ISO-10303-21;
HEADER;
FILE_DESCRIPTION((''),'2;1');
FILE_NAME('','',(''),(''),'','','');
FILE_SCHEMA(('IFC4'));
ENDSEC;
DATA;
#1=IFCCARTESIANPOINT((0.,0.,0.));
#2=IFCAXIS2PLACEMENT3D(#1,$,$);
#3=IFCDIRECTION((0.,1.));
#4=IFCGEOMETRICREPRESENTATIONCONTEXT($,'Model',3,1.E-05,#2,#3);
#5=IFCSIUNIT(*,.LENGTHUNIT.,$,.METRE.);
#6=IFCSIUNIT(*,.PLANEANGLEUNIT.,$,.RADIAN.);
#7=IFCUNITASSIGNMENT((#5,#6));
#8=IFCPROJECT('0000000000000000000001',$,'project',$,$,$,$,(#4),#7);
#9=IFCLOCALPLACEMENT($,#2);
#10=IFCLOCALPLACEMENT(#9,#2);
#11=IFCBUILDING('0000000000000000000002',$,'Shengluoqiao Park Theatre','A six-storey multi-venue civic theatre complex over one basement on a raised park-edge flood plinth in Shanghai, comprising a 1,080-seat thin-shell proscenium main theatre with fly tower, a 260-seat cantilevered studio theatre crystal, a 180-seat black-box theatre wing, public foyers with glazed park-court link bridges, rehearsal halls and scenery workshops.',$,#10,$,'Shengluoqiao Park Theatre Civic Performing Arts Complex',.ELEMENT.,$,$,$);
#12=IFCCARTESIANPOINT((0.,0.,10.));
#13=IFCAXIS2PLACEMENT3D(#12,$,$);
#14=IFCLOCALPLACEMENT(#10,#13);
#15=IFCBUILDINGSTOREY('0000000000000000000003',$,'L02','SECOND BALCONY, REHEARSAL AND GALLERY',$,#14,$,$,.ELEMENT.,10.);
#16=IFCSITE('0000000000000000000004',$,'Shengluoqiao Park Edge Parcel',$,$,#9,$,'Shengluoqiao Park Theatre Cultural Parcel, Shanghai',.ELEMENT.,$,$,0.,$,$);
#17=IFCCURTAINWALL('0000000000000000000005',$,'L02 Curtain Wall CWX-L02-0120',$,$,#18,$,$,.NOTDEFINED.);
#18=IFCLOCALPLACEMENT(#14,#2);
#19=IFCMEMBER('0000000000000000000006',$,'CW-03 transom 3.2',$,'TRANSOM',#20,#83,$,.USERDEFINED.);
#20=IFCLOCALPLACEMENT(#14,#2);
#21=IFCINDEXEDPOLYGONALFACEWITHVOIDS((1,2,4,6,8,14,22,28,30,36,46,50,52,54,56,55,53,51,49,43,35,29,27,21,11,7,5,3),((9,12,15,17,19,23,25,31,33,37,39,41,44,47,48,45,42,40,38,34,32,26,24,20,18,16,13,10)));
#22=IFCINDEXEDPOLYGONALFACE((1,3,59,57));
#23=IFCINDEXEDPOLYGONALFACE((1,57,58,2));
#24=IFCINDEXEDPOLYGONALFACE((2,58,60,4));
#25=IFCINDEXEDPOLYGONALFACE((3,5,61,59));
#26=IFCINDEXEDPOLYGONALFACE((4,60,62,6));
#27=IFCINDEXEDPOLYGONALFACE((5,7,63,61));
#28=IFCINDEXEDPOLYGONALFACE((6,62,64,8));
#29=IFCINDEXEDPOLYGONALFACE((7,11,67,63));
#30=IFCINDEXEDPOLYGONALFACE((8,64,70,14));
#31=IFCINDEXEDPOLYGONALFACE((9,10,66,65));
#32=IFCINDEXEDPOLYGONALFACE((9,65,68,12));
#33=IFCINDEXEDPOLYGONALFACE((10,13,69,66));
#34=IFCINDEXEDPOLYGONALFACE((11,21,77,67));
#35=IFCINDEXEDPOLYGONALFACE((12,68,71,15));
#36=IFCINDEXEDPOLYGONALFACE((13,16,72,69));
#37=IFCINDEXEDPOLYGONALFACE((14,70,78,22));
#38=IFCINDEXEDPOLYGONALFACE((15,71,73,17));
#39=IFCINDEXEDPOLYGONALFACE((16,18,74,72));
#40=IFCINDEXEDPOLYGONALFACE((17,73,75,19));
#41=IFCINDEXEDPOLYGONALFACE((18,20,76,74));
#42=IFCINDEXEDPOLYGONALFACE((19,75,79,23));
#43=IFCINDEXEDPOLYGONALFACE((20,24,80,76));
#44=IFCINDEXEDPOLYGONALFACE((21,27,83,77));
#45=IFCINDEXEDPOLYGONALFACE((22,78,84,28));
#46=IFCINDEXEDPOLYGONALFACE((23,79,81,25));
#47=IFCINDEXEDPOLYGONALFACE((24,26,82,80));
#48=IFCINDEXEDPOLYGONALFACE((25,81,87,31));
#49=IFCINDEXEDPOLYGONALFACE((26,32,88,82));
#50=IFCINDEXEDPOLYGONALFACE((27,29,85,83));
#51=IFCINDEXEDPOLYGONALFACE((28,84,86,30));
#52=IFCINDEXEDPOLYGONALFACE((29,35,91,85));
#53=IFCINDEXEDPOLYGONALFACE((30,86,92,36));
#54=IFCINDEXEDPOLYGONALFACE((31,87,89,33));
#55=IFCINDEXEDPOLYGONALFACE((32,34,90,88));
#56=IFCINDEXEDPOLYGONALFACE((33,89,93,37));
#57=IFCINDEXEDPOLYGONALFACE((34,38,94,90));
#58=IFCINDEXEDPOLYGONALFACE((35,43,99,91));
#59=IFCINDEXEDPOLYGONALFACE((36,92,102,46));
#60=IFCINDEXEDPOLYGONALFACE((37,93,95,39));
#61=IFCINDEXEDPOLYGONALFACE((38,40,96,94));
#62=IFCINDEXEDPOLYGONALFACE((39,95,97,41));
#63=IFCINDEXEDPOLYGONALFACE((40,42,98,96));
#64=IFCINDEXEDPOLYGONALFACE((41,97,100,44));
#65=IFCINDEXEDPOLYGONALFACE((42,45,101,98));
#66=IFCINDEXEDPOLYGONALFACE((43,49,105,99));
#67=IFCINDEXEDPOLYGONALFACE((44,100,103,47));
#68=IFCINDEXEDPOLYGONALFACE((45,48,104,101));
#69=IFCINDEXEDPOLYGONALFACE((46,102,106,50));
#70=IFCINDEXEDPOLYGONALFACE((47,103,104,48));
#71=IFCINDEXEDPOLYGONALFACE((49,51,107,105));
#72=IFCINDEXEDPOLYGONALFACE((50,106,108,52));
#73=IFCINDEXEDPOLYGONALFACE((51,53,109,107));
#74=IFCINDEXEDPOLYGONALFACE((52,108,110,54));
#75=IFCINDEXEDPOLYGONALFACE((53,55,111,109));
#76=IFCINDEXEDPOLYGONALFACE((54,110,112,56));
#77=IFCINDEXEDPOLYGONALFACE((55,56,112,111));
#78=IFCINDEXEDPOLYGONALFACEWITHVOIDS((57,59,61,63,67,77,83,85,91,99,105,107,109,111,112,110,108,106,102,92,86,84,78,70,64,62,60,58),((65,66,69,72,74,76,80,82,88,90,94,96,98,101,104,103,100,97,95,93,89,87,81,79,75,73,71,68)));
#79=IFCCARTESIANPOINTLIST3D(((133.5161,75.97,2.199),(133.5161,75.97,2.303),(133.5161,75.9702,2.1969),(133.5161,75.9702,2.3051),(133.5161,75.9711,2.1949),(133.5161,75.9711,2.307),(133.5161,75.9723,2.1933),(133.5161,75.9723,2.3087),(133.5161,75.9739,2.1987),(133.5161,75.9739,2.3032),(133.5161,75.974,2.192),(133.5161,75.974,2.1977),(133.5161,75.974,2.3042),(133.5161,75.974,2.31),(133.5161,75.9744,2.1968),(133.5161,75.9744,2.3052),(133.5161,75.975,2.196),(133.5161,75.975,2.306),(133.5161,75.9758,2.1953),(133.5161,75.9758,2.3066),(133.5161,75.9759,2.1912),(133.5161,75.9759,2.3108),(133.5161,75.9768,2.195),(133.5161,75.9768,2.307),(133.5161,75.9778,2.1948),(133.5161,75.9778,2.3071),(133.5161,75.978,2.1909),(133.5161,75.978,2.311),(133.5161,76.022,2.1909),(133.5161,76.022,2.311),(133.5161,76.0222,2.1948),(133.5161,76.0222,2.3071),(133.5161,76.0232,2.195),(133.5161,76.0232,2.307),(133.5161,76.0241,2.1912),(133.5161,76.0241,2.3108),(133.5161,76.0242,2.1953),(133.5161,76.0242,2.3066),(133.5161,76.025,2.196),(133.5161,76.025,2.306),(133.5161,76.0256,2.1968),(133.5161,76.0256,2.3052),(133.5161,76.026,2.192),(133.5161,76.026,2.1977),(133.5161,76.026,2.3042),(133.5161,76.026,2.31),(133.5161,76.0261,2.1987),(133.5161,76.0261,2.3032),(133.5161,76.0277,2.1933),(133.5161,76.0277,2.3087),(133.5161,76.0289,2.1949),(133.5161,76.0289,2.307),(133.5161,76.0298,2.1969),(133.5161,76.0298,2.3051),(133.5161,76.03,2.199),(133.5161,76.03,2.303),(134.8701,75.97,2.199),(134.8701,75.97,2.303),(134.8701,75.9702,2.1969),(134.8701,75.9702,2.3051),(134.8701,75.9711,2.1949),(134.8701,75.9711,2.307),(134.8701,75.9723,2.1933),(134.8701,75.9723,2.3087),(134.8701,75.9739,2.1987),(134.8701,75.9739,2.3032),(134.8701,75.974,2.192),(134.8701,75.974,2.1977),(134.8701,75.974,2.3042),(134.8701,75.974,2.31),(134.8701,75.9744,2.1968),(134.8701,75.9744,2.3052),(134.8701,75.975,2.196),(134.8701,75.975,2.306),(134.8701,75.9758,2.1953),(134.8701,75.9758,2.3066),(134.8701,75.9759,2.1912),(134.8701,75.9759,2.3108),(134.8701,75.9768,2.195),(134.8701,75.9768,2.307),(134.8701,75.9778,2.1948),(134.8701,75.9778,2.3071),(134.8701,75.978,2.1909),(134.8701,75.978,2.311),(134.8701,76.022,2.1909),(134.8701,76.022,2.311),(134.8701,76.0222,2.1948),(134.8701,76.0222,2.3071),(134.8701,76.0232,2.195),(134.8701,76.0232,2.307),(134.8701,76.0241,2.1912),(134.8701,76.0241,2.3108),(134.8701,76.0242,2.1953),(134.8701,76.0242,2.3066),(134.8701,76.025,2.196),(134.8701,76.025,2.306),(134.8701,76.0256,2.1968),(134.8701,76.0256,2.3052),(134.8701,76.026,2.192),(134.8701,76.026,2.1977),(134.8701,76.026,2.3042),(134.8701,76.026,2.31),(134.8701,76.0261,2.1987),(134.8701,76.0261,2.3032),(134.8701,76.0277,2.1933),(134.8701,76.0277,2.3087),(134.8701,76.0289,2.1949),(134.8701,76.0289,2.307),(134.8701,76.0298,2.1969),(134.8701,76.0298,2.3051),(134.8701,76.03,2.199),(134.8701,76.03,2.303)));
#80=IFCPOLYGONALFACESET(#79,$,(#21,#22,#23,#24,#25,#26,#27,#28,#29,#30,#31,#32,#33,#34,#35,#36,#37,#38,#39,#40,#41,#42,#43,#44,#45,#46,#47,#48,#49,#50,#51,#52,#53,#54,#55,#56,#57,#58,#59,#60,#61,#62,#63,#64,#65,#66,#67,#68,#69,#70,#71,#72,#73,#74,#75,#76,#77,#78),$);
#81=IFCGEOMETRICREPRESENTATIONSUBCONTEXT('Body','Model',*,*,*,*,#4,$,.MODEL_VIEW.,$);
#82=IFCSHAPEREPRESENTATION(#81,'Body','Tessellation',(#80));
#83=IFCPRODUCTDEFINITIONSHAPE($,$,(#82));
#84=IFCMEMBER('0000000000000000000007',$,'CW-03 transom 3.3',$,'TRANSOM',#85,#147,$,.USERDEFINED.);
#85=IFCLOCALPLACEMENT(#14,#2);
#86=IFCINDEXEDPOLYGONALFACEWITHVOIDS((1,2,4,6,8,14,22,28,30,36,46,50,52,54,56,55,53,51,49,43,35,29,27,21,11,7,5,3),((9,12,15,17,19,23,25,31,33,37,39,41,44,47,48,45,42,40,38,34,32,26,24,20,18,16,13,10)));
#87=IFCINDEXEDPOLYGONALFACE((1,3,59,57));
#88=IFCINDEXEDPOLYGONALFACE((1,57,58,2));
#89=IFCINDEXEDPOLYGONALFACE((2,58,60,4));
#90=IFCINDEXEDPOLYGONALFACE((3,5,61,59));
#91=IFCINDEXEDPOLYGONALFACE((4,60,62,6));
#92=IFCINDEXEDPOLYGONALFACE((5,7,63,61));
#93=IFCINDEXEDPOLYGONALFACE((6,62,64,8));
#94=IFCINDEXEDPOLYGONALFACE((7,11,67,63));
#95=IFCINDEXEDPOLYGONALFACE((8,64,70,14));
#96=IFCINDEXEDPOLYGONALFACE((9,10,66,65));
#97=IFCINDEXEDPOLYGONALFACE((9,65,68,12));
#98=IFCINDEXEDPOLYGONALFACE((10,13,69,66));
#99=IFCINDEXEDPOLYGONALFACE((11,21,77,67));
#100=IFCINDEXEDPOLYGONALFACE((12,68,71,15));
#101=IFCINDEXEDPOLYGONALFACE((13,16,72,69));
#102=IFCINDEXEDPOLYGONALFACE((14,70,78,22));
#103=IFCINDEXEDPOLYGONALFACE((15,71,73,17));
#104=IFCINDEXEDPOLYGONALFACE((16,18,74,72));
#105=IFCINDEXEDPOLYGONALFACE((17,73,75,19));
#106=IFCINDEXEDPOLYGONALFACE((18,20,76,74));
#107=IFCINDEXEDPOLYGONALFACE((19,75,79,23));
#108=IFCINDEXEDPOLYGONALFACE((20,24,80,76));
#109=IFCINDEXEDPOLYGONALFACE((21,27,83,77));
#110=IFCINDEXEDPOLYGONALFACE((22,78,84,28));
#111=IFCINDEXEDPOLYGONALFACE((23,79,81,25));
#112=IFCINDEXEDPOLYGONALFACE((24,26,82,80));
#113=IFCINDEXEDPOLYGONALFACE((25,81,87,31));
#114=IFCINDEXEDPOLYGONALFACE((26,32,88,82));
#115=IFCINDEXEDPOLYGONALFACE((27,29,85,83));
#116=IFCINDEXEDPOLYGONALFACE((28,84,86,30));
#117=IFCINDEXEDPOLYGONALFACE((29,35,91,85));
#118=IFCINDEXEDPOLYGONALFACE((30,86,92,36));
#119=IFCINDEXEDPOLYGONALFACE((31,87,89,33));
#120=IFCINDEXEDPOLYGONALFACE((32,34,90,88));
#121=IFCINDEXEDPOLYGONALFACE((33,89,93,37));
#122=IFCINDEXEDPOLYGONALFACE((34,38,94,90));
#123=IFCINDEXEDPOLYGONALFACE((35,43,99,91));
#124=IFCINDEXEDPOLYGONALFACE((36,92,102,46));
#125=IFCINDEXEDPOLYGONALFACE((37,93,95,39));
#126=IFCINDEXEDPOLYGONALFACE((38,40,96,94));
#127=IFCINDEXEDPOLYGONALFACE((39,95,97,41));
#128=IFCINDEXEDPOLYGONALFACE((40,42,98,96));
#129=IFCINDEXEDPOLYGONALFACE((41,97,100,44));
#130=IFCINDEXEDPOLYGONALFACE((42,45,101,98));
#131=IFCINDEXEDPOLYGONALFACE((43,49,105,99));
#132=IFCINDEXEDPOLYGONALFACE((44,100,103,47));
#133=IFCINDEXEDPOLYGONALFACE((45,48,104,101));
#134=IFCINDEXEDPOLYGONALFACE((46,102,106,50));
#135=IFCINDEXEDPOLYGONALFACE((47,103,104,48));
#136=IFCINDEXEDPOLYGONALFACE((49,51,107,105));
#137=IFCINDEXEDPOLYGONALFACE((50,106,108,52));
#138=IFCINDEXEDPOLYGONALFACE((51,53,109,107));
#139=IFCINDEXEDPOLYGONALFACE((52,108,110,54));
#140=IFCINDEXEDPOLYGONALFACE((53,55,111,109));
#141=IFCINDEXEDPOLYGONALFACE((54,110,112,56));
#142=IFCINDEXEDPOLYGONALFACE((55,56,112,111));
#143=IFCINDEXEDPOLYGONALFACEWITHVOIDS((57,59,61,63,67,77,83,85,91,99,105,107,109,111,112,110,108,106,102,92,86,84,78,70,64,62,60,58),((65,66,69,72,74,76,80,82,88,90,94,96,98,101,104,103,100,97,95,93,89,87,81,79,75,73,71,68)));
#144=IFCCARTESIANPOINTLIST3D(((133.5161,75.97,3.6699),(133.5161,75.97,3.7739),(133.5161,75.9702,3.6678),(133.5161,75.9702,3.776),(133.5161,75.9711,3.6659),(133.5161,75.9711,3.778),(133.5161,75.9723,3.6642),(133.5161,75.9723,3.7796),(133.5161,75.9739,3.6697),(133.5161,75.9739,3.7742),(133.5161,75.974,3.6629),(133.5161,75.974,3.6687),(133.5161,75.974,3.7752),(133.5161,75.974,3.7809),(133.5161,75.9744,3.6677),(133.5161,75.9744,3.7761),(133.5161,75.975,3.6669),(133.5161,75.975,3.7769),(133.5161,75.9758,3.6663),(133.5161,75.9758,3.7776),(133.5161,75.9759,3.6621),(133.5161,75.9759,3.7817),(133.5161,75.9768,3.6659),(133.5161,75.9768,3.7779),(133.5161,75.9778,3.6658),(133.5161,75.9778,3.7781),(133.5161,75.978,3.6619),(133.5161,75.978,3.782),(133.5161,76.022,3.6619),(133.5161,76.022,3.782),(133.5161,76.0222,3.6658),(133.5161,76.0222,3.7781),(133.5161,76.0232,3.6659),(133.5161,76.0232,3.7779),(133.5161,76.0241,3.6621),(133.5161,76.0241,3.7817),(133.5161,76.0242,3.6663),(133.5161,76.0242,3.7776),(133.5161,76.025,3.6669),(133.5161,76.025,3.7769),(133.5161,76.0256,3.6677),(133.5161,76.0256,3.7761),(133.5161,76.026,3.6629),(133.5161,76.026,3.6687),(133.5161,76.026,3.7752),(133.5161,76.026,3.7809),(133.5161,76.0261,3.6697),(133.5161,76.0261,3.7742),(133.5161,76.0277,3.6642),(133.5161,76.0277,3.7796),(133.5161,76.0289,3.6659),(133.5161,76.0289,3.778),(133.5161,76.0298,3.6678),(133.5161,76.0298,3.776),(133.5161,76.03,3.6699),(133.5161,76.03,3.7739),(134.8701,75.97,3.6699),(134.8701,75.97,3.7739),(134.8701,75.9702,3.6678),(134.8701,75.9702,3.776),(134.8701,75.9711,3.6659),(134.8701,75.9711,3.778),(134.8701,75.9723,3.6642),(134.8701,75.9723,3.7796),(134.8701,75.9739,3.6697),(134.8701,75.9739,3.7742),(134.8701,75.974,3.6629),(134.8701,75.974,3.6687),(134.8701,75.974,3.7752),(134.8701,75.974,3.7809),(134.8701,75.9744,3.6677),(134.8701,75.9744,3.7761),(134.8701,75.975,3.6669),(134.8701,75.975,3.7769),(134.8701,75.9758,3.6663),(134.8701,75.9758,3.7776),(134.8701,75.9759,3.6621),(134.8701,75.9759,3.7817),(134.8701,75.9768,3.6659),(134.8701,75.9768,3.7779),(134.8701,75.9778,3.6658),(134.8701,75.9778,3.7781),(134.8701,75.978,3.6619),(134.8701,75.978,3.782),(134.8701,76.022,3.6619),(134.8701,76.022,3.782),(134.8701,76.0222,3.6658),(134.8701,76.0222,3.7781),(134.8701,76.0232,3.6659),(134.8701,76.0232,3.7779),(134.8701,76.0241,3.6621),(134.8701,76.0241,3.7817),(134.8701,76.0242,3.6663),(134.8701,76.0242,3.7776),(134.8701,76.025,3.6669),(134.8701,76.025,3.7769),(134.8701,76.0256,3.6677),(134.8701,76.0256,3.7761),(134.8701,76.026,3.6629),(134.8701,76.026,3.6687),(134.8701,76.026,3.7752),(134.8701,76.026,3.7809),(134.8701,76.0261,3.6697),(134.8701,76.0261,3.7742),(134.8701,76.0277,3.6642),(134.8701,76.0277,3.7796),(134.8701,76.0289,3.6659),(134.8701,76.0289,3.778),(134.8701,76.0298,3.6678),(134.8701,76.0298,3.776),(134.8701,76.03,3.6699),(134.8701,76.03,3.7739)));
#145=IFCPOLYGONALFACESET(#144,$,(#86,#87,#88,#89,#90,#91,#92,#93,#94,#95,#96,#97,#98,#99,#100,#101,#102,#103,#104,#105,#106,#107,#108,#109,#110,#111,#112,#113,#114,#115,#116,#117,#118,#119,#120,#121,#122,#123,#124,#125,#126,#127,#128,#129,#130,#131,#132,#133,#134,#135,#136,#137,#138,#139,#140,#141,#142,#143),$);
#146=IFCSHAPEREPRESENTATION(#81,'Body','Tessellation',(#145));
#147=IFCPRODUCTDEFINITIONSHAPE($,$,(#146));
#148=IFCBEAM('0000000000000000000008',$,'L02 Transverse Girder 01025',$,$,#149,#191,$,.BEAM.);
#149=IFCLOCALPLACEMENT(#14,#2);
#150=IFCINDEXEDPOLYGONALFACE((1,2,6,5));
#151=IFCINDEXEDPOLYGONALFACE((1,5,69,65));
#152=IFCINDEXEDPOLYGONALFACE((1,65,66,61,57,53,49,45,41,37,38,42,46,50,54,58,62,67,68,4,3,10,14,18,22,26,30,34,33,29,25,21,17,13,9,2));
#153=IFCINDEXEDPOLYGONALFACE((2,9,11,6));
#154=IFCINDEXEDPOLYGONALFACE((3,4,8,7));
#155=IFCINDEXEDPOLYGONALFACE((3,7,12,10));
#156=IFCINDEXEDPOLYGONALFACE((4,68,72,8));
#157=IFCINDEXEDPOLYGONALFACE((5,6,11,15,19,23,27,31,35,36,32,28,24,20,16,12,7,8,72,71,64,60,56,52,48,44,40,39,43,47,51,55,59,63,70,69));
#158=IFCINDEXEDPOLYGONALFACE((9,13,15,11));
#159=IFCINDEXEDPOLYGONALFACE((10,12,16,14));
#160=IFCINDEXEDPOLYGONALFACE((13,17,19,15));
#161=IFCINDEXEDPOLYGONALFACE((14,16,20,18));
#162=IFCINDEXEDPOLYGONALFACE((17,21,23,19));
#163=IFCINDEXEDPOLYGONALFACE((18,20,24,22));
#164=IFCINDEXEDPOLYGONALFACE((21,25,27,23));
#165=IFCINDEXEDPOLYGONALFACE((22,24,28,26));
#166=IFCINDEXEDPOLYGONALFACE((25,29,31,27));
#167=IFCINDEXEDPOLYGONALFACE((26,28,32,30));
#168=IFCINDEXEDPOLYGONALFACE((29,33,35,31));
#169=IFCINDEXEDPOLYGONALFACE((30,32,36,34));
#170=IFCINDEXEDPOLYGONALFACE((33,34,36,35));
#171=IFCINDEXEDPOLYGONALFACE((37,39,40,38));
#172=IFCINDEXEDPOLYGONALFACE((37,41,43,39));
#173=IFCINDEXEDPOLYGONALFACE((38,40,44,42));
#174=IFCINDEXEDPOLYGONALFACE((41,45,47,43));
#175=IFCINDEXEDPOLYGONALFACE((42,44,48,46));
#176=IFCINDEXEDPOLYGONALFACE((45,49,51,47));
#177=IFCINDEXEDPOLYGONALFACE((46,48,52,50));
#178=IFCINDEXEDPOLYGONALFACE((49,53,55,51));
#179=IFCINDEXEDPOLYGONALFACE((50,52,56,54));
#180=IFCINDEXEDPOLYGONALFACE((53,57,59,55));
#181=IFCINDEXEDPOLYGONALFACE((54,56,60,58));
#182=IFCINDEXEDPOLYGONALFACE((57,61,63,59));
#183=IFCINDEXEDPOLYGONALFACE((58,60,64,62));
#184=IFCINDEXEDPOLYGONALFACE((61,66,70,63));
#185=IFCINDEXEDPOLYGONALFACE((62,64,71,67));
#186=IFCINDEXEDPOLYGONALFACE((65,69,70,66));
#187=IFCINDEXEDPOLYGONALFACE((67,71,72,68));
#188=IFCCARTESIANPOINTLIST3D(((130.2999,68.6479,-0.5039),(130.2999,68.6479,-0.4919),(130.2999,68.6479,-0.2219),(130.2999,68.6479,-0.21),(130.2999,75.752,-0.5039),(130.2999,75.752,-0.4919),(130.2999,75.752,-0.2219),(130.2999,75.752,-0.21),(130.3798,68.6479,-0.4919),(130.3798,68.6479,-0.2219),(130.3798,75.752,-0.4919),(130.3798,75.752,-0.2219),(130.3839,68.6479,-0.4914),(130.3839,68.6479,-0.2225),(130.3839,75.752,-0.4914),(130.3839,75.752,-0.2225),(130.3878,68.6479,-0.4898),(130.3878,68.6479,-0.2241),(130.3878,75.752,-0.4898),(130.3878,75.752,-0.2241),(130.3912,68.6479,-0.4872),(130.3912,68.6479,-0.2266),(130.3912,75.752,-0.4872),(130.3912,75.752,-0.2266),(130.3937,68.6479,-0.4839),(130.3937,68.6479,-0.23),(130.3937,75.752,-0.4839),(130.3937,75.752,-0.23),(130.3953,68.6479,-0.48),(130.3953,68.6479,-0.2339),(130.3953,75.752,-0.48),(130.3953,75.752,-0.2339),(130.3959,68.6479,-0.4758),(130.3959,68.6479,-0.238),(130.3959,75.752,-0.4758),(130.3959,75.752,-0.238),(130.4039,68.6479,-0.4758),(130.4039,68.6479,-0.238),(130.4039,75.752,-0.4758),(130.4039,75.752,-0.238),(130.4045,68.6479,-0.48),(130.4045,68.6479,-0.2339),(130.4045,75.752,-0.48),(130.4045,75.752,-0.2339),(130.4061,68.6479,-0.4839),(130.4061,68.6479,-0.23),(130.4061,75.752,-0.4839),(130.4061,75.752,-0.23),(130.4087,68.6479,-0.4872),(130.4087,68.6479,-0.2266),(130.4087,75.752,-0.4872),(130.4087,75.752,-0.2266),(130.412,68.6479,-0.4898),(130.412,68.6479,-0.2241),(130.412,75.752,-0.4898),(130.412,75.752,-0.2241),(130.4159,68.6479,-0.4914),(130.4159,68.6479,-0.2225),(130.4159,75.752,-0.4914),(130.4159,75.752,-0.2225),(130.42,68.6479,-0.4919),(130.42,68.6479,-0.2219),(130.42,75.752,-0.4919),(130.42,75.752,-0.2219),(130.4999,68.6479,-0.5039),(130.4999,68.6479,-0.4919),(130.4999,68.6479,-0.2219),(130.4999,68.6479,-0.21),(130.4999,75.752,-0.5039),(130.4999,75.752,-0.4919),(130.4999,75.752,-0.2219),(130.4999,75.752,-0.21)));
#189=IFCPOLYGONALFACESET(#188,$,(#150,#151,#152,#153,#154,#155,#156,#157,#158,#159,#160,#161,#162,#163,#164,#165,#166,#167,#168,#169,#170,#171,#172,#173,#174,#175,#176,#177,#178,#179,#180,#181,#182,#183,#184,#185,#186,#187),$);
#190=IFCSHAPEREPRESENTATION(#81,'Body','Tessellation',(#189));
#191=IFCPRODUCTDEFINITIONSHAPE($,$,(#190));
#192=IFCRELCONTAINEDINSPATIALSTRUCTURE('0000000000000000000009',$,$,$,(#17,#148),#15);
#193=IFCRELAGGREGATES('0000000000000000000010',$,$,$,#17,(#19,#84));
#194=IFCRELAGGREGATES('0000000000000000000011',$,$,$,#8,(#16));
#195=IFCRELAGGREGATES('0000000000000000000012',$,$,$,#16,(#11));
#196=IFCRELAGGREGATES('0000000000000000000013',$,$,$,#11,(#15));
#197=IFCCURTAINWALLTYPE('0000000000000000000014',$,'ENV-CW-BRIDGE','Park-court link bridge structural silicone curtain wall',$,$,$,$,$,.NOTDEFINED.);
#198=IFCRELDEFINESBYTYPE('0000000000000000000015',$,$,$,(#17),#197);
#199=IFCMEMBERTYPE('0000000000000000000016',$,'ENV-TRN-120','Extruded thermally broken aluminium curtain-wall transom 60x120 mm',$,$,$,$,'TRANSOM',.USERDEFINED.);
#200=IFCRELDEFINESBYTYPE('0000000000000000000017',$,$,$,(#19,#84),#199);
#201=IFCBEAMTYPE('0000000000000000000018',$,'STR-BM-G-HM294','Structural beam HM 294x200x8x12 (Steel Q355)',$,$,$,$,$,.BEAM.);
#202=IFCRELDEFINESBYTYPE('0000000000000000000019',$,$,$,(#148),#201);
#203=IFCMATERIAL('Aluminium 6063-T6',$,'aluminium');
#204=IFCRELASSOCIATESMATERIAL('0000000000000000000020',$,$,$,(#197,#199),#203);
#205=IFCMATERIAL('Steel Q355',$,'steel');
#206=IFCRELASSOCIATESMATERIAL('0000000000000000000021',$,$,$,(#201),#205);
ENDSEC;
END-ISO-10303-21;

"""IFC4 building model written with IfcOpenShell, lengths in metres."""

from ifc_helpers import new_model, si_unit, direction, frame, origin, origin_2d, place, context, subcontext, project, spatial, hollow_rectangle, i_section, extrude, material, material_profile, profile_set, type_object, element, aggregate, save


model = new_model("IFC4")

# Units and contexts
model_context = context("Model", 3, precision=1e-05, world=origin(), true_north=direction((0.0, 1.0)))
body_context = subcontext(model_context, "Body", "Model", "MODEL_VIEW")
ifc_project = project(units=[si_unit("LENGTHUNIT", "METRE"), si_unit("PLANEANGLEUNIT", "RADIAN")], contexts=[model_context])

# Site, building, storey
site_placement = place(None, origin())
site = spatial("IfcSite", under=ifc_project, at=site_placement, Name="Shengluoqiao Park Edge Parcel", LongName="Shengluoqiao Park Theatre Cultural Parcel, Shanghai", CompositionType="ELEMENT", RefElevation=0.0)
building_placement = place(site_placement, origin())
building = spatial("IfcBuilding", under=site, at=building_placement, Name="Shengluoqiao Park Theatre", Description="A six-storey multi-venue civic theatre complex over one basement on a raised park-edge flood plinth in Shanghai, comprising a 1,080-seat thin-shell proscenium main theatre with fly tower, a 260-seat cantilevered studio theatre crystal, a 180-seat black-box theatre wing, public foyers with glazed park-court link bridges, rehearsal halls and scenery workshops.", LongName="Shengluoqiao Park Theatre Civic Performing Arts Complex", CompositionType="ELEMENT")
storey_placement = place(building_placement, frame((0.0, 0.0, 10.0)))
storey = spatial("IfcBuildingStorey", under=building, at=storey_placement, Name="L02", Description="SECOND BALCONY, REHEARSAL AND GALLERY", CompositionType="ELEMENT", Elevation=10.0)

# Shared definitions
ifc_material_1 = material(Name="Aluminium 6063-T6", Category="aluminium")
curtain_wall_type = type_object("IfcCurtainWallType", Name="ENV-CW-BRIDGE", Description="Park-court link bridge structural silicone curtain wall", PredefinedType="NOTDEFINED", material=ifc_material_1)

# Curtain wall, members
curtain_wall_1_placement = place(storey_placement, origin())
curtain_wall_1 = element("IfcCurtainWall", 1, at=curtain_wall_1_placement, inside=storey, type_object=curtain_wall_type, Name="L02 Curtain Wall CWX-L02-0120", PredefinedType="NOTDEFINED")
ifc_material_profile_1 = material_profile(ifc_material_1, hollow_rectangle(XDim=0.0601, YDim=0.1201, WallThickness=0.0039, InnerFilletRadius=0.0039, OuterFilletRadius=0.0081, at=origin_2d()), Name="ALU TRANSOM 120x60x4")
ifc_profile_set_1 = profile_set([ifc_material_profile_1], Name="Aluminium 6063-T6")
member_type_1 = type_object("IfcMemberType", Name="ENV-TRN-120", Description="Extruded thermally broken aluminium curtain-wall transom 60x120 mm", ElementType="TRANSOM", PredefinedType="USERDEFINED", material=ifc_profile_set_1)
member_1_placement = place(storey_placement, frame((133.5161, 76.0, 2.251), z_axis=(1.0, 0.0, 0.0), x_axis=(0.0, 1.0, 0.0)))
member_1 = element("IfcMember", 2, at=member_1_placement, type_object=member_type_1, Name="CW-03 transom 3.2", ObjectType="TRANSOM", PredefinedType="USERDEFINED", context=body_context, shape_type="SweptSolid", body=[
    extrude(hollow_rectangle(XDim=0.0601, YDim=0.1201, WallThickness=0.0039, InnerFilletRadius=0.0039, OuterFilletRadius=0.0081, at=origin_2d()), origin(), (0.0, 0.0, 1.0), 1.354),
])
member_2_placement = place(storey_placement, frame((133.5161, 76.0, 3.7219), z_axis=(1.0, 0.0, 0.0), x_axis=(0.0, 1.0, 0.0)))
member_2 = element("IfcMember", 3, at=member_2_placement, type_object=member_type_1, Name="CW-03 transom 3.3", ObjectType="TRANSOM", PredefinedType="USERDEFINED", context=body_context, shape_type="SweptSolid", body=[
    extrude(hollow_rectangle(XDim=0.0601, YDim=0.1201, WallThickness=0.0039, InnerFilletRadius=0.0039, OuterFilletRadius=0.0081, at=origin_2d()), origin(), (0.0, 0.0, 1.0), 1.354),
])

# Beam
ifc_material_2 = material(Name="Steel Q355", Category="steel")
ifc_material_profile_2 = material_profile(ifc_material_2, i_section(OverallWidth=0.2, OverallDepth=0.2939, WebThickness=0.0081, FlangeThickness=0.012, FilletRadius=0.0161, at=origin_2d()), Name="HM 294x200x8x12")
ifc_profile_set_2 = profile_set([ifc_material_profile_2], Name="Steel Q355")
beam_type_1 = type_object("IfcBeamType", Name="STR-BM-G-HM294", Description="Structural beam HM 294x200x8x12 (Steel Q355)", PredefinedType="BEAM", material=ifc_profile_set_2)
beam_1_placement = place(storey_placement, frame((130.3999, 68.6479, -0.3569), z_axis=(0.0, 1.0, 0.0), x_axis=(-1.0, 0.0, 0.0)))
element("IfcBeam", 4, at=beam_1_placement, inside=storey, type_object=beam_type_1, Name="L02 Transverse Girder 01025", PredefinedType="BEAM", context=body_context, shape_type="SweptSolid", body=[
    extrude(i_section(OverallWidth=0.2, OverallDepth=0.2939, WebThickness=0.0081, FlangeThickness=0.012, FilletRadius=0.0161, at=origin_2d()), origin(), (0.0, 0.0, 1.0), 7.104),
])

aggregate(curtain_wall_1, [member_1, member_2])

save(model, "model.ifc")
